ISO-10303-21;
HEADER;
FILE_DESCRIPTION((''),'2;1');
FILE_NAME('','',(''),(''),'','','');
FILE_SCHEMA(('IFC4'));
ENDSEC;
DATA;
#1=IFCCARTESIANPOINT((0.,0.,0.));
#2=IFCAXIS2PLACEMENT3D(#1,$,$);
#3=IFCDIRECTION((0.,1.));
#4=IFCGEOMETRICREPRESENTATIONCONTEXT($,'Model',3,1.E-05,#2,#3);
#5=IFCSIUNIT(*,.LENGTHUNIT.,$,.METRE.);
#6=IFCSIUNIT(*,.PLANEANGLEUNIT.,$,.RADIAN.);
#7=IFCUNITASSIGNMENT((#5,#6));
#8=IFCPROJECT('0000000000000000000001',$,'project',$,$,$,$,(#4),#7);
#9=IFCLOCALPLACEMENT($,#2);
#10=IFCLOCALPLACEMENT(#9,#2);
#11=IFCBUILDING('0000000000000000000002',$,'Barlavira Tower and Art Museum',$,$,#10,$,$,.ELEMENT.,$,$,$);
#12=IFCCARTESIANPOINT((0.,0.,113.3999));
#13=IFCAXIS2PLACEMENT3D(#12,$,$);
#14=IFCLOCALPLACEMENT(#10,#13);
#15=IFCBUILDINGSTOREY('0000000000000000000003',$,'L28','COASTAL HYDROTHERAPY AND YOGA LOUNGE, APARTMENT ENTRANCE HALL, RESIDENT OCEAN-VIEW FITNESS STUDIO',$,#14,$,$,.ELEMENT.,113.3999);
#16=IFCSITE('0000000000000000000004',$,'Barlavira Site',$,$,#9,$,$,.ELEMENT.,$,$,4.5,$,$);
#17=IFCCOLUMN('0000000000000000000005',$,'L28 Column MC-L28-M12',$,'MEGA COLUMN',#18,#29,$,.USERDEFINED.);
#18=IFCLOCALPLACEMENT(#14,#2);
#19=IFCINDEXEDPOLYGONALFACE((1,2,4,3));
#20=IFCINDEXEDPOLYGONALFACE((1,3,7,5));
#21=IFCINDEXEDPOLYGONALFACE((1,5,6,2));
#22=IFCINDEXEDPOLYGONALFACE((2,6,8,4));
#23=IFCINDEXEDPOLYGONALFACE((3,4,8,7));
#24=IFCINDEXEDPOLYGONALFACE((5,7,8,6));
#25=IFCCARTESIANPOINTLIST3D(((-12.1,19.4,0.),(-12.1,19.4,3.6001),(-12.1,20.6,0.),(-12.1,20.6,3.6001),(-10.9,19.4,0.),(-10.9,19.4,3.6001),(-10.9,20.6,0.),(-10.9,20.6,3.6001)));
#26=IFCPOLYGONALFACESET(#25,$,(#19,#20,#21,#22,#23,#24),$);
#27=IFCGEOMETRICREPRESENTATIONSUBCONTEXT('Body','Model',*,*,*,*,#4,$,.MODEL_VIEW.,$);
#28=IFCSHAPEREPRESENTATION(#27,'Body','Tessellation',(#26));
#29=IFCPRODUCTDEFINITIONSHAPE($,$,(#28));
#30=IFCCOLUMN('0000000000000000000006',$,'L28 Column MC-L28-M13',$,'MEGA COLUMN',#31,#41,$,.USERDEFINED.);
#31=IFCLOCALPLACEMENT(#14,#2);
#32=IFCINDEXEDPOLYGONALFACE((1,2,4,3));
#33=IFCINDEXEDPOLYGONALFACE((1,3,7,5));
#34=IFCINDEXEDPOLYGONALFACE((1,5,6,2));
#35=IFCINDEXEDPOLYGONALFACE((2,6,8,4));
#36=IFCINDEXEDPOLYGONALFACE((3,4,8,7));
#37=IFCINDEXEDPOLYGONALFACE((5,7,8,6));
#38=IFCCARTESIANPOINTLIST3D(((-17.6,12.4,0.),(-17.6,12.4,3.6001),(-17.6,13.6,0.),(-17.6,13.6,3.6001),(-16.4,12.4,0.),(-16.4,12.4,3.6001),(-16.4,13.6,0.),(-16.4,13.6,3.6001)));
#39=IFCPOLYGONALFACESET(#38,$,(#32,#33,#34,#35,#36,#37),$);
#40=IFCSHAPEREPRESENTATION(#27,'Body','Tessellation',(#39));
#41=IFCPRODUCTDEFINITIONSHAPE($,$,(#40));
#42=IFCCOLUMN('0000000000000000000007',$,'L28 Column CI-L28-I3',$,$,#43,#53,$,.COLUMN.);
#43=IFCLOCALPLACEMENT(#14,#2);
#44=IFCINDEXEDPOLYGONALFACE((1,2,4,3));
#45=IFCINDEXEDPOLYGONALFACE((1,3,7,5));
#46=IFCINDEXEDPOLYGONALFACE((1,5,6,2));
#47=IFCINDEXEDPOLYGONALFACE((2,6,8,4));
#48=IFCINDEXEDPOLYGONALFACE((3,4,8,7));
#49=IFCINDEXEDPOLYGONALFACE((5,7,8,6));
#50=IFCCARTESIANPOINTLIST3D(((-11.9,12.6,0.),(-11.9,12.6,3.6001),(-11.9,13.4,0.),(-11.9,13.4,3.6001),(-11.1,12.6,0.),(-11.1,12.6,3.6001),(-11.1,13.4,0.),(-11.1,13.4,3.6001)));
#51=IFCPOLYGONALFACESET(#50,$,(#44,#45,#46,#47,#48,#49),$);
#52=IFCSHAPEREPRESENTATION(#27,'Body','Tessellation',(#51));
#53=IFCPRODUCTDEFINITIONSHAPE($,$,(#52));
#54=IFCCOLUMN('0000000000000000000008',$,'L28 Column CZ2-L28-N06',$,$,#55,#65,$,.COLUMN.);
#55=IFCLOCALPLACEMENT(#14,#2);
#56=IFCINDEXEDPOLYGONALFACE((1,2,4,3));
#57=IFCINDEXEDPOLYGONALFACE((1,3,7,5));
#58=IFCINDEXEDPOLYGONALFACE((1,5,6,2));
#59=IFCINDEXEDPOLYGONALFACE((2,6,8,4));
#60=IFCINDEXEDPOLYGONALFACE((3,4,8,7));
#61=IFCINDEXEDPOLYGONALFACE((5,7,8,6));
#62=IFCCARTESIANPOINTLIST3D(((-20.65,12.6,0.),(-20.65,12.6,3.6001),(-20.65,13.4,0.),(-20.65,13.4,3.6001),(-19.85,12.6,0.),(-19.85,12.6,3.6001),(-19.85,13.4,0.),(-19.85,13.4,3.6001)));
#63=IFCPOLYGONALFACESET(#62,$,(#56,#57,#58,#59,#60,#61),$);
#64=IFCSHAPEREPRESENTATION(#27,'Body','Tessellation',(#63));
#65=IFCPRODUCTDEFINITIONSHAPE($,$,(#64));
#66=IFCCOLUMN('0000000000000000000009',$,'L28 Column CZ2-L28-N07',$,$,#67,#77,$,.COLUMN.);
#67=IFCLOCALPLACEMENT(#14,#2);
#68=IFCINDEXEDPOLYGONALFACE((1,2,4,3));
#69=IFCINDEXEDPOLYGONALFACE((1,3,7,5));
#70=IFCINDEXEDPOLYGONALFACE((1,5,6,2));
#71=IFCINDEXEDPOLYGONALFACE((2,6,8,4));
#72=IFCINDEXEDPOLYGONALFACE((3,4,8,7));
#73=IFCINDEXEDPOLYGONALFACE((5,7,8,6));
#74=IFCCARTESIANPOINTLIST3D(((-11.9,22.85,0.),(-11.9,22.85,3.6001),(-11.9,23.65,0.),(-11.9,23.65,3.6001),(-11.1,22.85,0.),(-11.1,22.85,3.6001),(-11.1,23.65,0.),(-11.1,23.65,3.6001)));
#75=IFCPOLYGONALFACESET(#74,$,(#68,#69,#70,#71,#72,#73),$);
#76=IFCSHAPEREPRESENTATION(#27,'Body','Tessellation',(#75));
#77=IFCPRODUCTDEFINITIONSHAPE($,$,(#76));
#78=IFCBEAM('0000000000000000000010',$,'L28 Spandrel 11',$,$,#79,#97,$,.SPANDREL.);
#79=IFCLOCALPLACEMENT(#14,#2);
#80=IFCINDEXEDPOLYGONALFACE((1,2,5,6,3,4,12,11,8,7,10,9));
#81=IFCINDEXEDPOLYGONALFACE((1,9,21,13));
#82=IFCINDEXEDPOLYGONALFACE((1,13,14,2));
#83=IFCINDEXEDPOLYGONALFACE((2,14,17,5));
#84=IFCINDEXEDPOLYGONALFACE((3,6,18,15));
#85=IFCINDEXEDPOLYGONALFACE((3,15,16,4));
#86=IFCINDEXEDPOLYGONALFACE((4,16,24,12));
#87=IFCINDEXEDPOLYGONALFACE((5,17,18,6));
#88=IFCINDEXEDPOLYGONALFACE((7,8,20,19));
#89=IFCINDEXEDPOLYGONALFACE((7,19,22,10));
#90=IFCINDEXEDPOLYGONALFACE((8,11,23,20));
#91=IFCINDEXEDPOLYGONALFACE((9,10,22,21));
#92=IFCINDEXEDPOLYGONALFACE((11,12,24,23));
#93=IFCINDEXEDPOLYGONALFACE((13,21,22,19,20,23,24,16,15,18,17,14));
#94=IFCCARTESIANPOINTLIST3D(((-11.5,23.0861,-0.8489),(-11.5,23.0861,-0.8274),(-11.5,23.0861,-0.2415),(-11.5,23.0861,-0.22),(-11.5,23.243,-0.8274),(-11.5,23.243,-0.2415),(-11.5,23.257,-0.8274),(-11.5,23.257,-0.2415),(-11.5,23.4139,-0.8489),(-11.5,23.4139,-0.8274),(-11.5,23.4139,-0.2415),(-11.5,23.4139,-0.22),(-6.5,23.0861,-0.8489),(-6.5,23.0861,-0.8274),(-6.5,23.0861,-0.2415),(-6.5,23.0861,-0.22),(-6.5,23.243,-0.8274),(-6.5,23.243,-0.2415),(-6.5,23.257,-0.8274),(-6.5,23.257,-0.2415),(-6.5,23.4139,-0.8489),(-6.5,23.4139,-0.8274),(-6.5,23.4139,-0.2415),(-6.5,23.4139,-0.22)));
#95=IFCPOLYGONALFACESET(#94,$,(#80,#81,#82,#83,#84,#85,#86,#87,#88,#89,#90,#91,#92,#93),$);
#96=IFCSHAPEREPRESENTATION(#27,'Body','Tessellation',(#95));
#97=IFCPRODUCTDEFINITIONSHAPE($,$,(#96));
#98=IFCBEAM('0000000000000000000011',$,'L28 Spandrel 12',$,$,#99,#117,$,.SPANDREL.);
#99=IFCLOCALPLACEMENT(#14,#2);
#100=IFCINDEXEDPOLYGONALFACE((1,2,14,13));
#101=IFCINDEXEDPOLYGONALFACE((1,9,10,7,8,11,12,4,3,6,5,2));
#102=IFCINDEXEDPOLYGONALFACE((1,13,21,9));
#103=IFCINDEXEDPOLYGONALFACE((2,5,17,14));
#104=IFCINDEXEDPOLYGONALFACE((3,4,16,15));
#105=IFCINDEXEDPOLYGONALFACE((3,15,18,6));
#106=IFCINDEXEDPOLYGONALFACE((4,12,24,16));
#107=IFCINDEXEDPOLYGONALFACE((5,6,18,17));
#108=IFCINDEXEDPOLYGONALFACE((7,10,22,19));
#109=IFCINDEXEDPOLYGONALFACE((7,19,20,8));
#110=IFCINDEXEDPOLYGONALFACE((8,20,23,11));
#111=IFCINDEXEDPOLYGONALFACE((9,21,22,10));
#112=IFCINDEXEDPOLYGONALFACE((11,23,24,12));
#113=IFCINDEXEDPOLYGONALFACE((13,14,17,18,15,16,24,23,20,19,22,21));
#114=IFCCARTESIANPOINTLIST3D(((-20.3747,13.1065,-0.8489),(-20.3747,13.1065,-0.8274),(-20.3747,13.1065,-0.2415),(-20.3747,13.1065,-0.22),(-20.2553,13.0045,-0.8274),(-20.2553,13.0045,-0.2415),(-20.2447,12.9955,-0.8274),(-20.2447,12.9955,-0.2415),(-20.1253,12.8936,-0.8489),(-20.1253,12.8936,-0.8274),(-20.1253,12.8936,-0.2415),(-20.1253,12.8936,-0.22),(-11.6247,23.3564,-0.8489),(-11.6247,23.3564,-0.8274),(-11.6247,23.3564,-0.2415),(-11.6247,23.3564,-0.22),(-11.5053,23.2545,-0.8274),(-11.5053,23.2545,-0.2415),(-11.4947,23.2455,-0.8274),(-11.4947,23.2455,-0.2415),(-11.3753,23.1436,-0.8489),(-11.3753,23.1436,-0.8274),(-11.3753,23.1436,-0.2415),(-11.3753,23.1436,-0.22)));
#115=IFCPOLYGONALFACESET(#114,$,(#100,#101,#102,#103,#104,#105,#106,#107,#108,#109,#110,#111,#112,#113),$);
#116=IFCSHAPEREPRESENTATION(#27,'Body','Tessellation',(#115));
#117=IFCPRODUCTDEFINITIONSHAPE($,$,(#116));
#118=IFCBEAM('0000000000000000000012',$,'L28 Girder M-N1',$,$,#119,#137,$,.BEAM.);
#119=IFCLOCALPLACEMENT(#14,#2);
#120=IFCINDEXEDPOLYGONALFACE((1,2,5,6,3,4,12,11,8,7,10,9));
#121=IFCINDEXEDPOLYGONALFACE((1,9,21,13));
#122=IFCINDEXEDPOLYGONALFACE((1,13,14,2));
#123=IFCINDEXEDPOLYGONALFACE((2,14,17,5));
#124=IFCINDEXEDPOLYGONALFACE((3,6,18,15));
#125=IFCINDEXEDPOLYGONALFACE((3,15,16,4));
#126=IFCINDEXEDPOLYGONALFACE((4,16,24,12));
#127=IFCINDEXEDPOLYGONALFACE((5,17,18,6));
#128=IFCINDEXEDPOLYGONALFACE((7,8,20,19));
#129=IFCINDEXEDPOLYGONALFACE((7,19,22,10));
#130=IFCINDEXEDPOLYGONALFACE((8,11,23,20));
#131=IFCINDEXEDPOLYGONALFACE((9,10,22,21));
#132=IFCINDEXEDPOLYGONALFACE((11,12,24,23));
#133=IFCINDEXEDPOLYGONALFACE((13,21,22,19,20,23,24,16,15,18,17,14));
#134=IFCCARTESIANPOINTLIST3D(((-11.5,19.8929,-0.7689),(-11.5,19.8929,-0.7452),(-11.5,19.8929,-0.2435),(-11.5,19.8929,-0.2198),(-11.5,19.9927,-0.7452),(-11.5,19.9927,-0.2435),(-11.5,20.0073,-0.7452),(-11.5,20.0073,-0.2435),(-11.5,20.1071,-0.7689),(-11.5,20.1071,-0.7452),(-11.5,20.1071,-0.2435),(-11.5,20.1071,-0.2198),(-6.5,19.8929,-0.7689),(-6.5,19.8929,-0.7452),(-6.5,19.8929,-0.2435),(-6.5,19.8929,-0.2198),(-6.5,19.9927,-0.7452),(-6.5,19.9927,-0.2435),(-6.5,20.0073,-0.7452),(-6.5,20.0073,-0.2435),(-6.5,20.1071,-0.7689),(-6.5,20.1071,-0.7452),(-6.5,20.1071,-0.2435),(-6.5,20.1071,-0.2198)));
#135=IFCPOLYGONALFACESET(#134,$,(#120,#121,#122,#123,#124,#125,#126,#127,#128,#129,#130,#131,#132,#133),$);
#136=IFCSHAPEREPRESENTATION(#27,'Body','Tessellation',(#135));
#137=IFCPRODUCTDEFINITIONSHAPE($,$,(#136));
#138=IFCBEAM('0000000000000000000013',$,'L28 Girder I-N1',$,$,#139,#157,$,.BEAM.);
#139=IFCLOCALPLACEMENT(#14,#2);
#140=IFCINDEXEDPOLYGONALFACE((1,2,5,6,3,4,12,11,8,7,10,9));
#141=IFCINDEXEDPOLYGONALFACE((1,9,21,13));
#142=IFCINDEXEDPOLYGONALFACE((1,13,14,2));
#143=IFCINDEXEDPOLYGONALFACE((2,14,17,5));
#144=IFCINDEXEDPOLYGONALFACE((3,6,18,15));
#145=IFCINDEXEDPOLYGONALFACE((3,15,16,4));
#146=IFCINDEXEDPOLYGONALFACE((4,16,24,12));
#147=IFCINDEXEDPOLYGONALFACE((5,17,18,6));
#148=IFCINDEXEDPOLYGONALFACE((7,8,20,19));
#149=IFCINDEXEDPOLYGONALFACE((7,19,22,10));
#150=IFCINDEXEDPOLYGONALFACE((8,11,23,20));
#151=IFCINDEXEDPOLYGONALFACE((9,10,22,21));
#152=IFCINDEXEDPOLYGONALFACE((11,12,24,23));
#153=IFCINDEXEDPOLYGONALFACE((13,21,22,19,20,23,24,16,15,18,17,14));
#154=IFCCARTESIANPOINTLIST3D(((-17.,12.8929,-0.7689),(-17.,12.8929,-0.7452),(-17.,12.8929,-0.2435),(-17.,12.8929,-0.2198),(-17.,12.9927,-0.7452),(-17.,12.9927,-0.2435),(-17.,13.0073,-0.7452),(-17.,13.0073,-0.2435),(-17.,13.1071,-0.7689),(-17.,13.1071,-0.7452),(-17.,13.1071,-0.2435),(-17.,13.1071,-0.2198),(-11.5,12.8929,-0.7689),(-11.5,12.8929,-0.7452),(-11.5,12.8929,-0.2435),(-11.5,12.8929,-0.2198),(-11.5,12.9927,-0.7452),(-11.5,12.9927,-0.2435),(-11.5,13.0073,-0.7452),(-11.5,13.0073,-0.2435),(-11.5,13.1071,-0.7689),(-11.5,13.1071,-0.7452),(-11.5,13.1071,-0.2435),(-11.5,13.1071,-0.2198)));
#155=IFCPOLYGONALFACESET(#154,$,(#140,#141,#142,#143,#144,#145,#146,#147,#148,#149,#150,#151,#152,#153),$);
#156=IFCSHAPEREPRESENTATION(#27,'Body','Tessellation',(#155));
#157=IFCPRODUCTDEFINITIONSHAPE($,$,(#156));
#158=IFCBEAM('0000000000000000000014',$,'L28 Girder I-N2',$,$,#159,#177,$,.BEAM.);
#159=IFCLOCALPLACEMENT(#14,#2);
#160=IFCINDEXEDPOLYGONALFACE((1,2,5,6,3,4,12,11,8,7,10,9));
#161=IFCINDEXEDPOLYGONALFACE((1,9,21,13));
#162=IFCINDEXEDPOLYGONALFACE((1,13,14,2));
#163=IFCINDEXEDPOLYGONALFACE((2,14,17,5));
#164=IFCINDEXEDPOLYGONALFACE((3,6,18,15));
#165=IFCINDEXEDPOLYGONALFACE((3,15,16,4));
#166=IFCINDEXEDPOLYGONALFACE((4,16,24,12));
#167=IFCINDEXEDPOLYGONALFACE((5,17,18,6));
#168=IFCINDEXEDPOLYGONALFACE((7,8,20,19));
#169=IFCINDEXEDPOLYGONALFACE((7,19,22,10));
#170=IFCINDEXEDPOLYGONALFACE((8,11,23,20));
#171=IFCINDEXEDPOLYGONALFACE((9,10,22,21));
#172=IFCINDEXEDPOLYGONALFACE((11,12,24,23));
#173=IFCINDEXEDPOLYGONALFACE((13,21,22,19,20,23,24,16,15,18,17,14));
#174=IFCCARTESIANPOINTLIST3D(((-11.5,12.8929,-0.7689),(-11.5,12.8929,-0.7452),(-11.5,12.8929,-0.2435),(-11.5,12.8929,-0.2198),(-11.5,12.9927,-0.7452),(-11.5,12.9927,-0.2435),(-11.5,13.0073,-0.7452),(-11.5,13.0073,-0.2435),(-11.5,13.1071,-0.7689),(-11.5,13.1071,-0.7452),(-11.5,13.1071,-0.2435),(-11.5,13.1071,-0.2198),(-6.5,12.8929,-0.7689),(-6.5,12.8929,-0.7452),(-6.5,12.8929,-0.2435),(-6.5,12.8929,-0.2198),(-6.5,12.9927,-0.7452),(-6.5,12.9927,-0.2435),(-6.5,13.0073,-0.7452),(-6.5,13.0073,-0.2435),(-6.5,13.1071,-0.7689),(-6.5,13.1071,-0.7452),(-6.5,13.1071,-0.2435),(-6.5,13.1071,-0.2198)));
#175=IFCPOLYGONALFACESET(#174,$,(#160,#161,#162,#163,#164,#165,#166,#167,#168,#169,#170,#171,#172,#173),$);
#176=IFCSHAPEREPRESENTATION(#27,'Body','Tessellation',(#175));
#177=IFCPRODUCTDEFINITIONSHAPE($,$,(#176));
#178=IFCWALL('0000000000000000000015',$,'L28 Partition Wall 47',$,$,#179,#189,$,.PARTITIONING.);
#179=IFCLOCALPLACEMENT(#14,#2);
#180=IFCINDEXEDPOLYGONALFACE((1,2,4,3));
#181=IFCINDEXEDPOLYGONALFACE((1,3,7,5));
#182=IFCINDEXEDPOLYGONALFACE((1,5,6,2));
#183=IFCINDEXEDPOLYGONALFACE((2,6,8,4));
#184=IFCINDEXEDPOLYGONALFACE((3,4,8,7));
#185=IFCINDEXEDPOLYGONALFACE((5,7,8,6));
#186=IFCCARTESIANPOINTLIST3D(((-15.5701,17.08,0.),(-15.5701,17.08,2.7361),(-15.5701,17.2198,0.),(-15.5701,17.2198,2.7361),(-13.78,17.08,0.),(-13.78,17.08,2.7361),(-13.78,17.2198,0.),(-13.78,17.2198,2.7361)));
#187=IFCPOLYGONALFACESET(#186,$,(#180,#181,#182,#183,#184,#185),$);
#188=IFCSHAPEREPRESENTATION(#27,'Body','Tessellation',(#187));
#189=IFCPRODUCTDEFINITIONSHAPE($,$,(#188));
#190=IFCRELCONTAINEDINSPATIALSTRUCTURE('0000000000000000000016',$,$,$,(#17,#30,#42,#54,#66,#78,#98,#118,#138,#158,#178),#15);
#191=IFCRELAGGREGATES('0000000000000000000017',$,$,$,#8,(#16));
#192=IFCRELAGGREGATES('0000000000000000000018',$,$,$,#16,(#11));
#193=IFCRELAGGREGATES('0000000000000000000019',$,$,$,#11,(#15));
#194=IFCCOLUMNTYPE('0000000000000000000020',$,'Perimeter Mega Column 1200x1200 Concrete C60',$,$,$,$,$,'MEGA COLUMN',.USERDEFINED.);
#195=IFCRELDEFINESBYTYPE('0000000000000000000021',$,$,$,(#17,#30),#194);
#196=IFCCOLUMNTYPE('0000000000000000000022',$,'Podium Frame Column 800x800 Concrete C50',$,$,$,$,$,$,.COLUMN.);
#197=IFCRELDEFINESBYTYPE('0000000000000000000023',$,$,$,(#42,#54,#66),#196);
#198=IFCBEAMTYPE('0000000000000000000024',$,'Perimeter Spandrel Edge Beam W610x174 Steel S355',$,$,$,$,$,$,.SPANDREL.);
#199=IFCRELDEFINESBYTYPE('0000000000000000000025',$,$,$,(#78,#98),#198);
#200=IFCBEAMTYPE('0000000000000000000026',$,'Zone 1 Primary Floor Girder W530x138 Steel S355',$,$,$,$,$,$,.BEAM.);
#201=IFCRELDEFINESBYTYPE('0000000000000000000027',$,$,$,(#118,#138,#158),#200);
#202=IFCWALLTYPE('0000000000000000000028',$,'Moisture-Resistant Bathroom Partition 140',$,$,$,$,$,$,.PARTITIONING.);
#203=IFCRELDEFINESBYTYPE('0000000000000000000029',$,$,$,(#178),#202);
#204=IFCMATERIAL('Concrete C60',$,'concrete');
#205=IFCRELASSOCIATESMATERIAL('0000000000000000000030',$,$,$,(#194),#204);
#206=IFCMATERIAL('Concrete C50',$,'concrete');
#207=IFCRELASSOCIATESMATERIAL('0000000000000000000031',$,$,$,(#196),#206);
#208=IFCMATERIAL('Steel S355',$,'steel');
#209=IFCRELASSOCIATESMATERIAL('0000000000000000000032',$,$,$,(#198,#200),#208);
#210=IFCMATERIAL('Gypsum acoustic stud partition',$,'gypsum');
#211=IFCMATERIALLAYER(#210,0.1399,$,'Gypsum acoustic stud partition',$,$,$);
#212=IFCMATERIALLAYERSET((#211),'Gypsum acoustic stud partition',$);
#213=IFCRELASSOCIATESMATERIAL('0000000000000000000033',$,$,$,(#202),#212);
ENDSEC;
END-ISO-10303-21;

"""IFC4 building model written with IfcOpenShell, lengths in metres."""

from ifc_helpers import new_model, si_unit, direction, frame, frame_2d, origin, origin_2d, place, context, subcontext, project, spatial, rectangle, i_section, extrude, material, layer, layer_set, material_profile, profile_set, type_object, element, save


model = new_model("IFC4")

# Units and contexts
model_context = context("Model", 3, precision=1e-05, world=origin(), true_north=direction((0.0, 1.0)))
body_context = subcontext(model_context, "Body", "Model", "MODEL_VIEW")
ifc_project = project(units=[si_unit("LENGTHUNIT", "METRE"), si_unit("PLANEANGLEUNIT", "RADIAN")], contexts=[model_context])

# Site, building, storey
site_placement = place(None, origin())
site = spatial("IfcSite", under=ifc_project, at=site_placement, Name="Barlavira Site", CompositionType="ELEMENT", RefElevation=4.5)
building_placement = place(site_placement, origin())
building = spatial("IfcBuilding", under=site, at=building_placement, Name="Barlavira Tower and Art Museum", CompositionType="ELEMENT")
storey_placement = place(building_placement, frame((0.0, 0.0, 113.3999)))
storey = spatial("IfcBuildingStorey", under=building, at=storey_placement, Name="L28", Description="COASTAL HYDROTHERAPY AND YOGA LOUNGE, APARTMENT ENTRANCE HALL, RESIDENT OCEAN-VIEW FITNESS STUDIO", CompositionType="ELEMENT", Elevation=113.3999)

# Columns
ifc_material_1 = material(Name="Concrete C60", Category="concrete")
ifc_material_profile_1 = material_profile(ifc_material_1, rectangle(XDim=1.2, YDim=1.2, at=origin_2d()), Name="RC-COL 1200x1200")
ifc_profile_set_1 = profile_set([ifc_material_profile_1], Name="Concrete C60")
column_type_1 = type_object("IfcColumnType", Name="Perimeter Mega Column 1200x1200 Concrete C60", ElementType="MEGA COLUMN", PredefinedType="USERDEFINED", material=ifc_profile_set_1)
for number, where, z_axis, x_axis, name in (
    (1, (-11.5, 20.0, 0.0), (0.0, 0.0, 1.0), (1.0, 0.0, 0.0), "L28 Column MC-L28-M12"),
    (2, (-17.0, 13.0, 0.0), (0.0, 0.0, 1.0), (1.0, 0.0, 0.0), "L28 Column MC-L28-M13"),
):
    element("IfcColumn", number, at=place(storey_placement, frame(where, z_axis=z_axis, x_axis=x_axis)), inside=storey, type_object=column_type_1, Name=name, ObjectType="MEGA COLUMN", PredefinedType="USERDEFINED", context=body_context, shape_type="SweptSolid", body=[
        extrude(rectangle(XDim=1.2, YDim=1.2, at=origin_2d()), origin(), (0.0, 0.0, 1.0), 3.6001),
    ])
ifc_material_2 = material(Name="Concrete C50", Category="concrete")
ifc_material_profile_2 = material_profile(ifc_material_2, rectangle(XDim=0.8, YDim=0.8, at=origin_2d()), Name="RC-COL 800x800")
ifc_profile_set_2 = profile_set([ifc_material_profile_2], Name="Concrete C50")
column_type_2 = type_object("IfcColumnType", Name="Podium Frame Column 800x800 Concrete C50", PredefinedType="COLUMN", material=ifc_profile_set_2)
for number, where, z_axis, x_axis, name in (
    (3, (-11.5, 13.0, 0.0), (0.0, 0.0, 1.0), (1.0, 0.0, 0.0), "L28 Column CI-L28-I3"),
    (4, (-20.25, 13.0, 0.0), (0.0, 0.0, 1.0), (1.0, 0.0, 0.0), "L28 Column CZ2-L28-N06"),
    (5, (-11.5, 23.25, 0.0), (0.0, 0.0, 1.0), (1.0, 0.0, 0.0), "L28 Column CZ2-L28-N07"),
):
    element("IfcColumn", number, at=place(storey_placement, frame(where, z_axis=z_axis, x_axis=x_axis)), inside=storey, type_object=column_type_2, Name=name, PredefinedType="COLUMN", context=body_context, shape_type="SweptSolid", body=[
        extrude(rectangle(XDim=0.8, YDim=0.8, at=origin_2d()), origin(), (0.0, 0.0, 1.0), 3.6001),
    ])

# Beams
ifc_material_3 = material(Name="Steel S355", Category="steel")
ifc_material_profile_3 = material_profile(ifc_material_3, i_section(OverallWidth=0.3279, OverallDepth=0.6289, WebThickness=0.0139, FlangeThickness=0.0215, at=origin_2d()), Name="W610x174.0")
ifc_profile_set_3 = profile_set([ifc_material_profile_3], Name="Steel S355")
beam_type_1 = type_object("IfcBeamType", Name="Perimeter Spandrel Edge Beam W610x174 Steel S355", PredefinedType="SPANDREL", material=ifc_profile_set_3)
beam_1_placement = place(storey_placement, frame((-11.5, 23.25, -0.5344), z_axis=(1.0, 0.0, 0.0), x_axis=(0.0, 1.0, 0.0)))
element("IfcBeam", 6, at=beam_1_placement, inside=storey, type_object=beam_type_1, Name="L28 Spandrel 11", PredefinedType="SPANDREL", context=body_context, shape_type="SweptSolid", body=[
    extrude(i_section(OverallWidth=0.3279, OverallDepth=0.6289, WebThickness=0.0139, FlangeThickness=0.0215, at=origin_2d()), origin(), (0.0, 0.0, 1.0), 5.0),
])
beam_2_placement = place(storey_placement, frame((-11.5, 23.25, -0.5344), z_axis=(-0.649262, -0.760565, 0.0), x_axis=(0.760565, -0.649262, 0.0)))
element("IfcBeam", 7, at=beam_2_placement, inside=storey, type_object=beam_type_1, Name="L28 Spandrel 12", PredefinedType="SPANDREL", context=body_context, shape_type="SweptSolid", body=[
    extrude(i_section(OverallWidth=0.3279, OverallDepth=0.6289, WebThickness=0.0139, FlangeThickness=0.0215, at=origin_2d()), origin(), (0.0, 0.0, 1.0), 13.4768),
])
ifc_material_profile_4 = material_profile(ifc_material_3, i_section(OverallWidth=0.2141, OverallDepth=0.5491, WebThickness=0.0146, FlangeThickness=0.0237, at=origin_2d()), Name="W530x138.0")
ifc_profile_set_4 = profile_set([ifc_material_profile_4], Name="Steel S355")
beam_type_2 = type_object("IfcBeamType", Name="Zone 1 Primary Floor Girder W530x138 Steel S355", PredefinedType="BEAM", material=ifc_profile_set_4)
beam_3_placement = place(storey_placement, frame((-11.5, 20.0, -0.4944), z_axis=(1.0, 0.0, 0.0), x_axis=(0.0, 1.0, 0.0)))
element("IfcBeam", 8, at=beam_3_placement, inside=storey, type_object=beam_type_2, Name="L28 Girder M-N1", PredefinedType="BEAM", context=body_context, shape_type="SweptSolid", body=[
    extrude(i_section(OverallWidth=0.2141, OverallDepth=0.5491, WebThickness=0.0146, FlangeThickness=0.0237, at=origin_2d()), origin(), (0.0, 0.0, 1.0), 5.0),
])
beam_4_placement = place(storey_placement, frame((-17.0, 13.0, -0.4944), z_axis=(1.0, 0.0, 0.0), x_axis=(0.0, 1.0, 0.0)))
element("IfcBeam", 9, at=beam_4_placement, inside=storey, type_object=beam_type_2, Name="L28 Girder I-N1", PredefinedType="BEAM", context=body_context, shape_type="SweptSolid", body=[
    extrude(i_section(OverallWidth=0.2141, OverallDepth=0.5491, WebThickness=0.0146, FlangeThickness=0.0237, at=origin_2d()), origin(), (0.0, 0.0, 1.0), 5.5),
])
beam_5_placement = place(storey_placement, frame((-11.5, 13.0, -0.4944), z_axis=(1.0, 0.0, 0.0), x_axis=(0.0, 1.0, 0.0)))
element("IfcBeam", 10, at=beam_5_placement, inside=storey, type_object=beam_type_2, Name="L28 Girder I-N2", PredefinedType="BEAM", context=body_context, shape_type="SweptSolid", body=[
    extrude(i_section(OverallWidth=0.2141, OverallDepth=0.5491, WebThickness=0.0146, FlangeThickness=0.0237, at=origin_2d()), origin(), (0.0, 0.0, 1.0), 5.0),
])

# Wall
ifc_material_4 = material(Name="Gypsum acoustic stud partition", Category="gypsum")
ifc_layer_1 = layer(ifc_material_4, 0.1399, Name="Gypsum acoustic stud partition")
ifc_layer_set_1 = layer_set([ifc_layer_1], Name="Gypsum acoustic stud partition")
wall_type_1 = type_object("IfcWallType", Name="Moisture-Resistant Bathroom Partition 140", PredefinedType="PARTITIONING", material=ifc_layer_set_1)
wall_1_placement = place(storey_placement, frame((-15.5701, 17.1499, 0.0), z_axis=(0.0, 0.0, 1.0), x_axis=(1.0, 0.0, 0.0)))
element("IfcWall", 11, at=wall_1_placement, inside=storey, type_object=wall_type_1, Name="L28 Partition Wall 47", PredefinedType="PARTITIONING", context=body_context, shape_type="SweptSolid", body=[
    extrude(rectangle(XDim=1.79, YDim=0.1399, at=frame_2d((0.895, 0.0))), origin(), (0.0, 0.0, 1.0), 2.7361),
])

save(model, "model.ifc")
